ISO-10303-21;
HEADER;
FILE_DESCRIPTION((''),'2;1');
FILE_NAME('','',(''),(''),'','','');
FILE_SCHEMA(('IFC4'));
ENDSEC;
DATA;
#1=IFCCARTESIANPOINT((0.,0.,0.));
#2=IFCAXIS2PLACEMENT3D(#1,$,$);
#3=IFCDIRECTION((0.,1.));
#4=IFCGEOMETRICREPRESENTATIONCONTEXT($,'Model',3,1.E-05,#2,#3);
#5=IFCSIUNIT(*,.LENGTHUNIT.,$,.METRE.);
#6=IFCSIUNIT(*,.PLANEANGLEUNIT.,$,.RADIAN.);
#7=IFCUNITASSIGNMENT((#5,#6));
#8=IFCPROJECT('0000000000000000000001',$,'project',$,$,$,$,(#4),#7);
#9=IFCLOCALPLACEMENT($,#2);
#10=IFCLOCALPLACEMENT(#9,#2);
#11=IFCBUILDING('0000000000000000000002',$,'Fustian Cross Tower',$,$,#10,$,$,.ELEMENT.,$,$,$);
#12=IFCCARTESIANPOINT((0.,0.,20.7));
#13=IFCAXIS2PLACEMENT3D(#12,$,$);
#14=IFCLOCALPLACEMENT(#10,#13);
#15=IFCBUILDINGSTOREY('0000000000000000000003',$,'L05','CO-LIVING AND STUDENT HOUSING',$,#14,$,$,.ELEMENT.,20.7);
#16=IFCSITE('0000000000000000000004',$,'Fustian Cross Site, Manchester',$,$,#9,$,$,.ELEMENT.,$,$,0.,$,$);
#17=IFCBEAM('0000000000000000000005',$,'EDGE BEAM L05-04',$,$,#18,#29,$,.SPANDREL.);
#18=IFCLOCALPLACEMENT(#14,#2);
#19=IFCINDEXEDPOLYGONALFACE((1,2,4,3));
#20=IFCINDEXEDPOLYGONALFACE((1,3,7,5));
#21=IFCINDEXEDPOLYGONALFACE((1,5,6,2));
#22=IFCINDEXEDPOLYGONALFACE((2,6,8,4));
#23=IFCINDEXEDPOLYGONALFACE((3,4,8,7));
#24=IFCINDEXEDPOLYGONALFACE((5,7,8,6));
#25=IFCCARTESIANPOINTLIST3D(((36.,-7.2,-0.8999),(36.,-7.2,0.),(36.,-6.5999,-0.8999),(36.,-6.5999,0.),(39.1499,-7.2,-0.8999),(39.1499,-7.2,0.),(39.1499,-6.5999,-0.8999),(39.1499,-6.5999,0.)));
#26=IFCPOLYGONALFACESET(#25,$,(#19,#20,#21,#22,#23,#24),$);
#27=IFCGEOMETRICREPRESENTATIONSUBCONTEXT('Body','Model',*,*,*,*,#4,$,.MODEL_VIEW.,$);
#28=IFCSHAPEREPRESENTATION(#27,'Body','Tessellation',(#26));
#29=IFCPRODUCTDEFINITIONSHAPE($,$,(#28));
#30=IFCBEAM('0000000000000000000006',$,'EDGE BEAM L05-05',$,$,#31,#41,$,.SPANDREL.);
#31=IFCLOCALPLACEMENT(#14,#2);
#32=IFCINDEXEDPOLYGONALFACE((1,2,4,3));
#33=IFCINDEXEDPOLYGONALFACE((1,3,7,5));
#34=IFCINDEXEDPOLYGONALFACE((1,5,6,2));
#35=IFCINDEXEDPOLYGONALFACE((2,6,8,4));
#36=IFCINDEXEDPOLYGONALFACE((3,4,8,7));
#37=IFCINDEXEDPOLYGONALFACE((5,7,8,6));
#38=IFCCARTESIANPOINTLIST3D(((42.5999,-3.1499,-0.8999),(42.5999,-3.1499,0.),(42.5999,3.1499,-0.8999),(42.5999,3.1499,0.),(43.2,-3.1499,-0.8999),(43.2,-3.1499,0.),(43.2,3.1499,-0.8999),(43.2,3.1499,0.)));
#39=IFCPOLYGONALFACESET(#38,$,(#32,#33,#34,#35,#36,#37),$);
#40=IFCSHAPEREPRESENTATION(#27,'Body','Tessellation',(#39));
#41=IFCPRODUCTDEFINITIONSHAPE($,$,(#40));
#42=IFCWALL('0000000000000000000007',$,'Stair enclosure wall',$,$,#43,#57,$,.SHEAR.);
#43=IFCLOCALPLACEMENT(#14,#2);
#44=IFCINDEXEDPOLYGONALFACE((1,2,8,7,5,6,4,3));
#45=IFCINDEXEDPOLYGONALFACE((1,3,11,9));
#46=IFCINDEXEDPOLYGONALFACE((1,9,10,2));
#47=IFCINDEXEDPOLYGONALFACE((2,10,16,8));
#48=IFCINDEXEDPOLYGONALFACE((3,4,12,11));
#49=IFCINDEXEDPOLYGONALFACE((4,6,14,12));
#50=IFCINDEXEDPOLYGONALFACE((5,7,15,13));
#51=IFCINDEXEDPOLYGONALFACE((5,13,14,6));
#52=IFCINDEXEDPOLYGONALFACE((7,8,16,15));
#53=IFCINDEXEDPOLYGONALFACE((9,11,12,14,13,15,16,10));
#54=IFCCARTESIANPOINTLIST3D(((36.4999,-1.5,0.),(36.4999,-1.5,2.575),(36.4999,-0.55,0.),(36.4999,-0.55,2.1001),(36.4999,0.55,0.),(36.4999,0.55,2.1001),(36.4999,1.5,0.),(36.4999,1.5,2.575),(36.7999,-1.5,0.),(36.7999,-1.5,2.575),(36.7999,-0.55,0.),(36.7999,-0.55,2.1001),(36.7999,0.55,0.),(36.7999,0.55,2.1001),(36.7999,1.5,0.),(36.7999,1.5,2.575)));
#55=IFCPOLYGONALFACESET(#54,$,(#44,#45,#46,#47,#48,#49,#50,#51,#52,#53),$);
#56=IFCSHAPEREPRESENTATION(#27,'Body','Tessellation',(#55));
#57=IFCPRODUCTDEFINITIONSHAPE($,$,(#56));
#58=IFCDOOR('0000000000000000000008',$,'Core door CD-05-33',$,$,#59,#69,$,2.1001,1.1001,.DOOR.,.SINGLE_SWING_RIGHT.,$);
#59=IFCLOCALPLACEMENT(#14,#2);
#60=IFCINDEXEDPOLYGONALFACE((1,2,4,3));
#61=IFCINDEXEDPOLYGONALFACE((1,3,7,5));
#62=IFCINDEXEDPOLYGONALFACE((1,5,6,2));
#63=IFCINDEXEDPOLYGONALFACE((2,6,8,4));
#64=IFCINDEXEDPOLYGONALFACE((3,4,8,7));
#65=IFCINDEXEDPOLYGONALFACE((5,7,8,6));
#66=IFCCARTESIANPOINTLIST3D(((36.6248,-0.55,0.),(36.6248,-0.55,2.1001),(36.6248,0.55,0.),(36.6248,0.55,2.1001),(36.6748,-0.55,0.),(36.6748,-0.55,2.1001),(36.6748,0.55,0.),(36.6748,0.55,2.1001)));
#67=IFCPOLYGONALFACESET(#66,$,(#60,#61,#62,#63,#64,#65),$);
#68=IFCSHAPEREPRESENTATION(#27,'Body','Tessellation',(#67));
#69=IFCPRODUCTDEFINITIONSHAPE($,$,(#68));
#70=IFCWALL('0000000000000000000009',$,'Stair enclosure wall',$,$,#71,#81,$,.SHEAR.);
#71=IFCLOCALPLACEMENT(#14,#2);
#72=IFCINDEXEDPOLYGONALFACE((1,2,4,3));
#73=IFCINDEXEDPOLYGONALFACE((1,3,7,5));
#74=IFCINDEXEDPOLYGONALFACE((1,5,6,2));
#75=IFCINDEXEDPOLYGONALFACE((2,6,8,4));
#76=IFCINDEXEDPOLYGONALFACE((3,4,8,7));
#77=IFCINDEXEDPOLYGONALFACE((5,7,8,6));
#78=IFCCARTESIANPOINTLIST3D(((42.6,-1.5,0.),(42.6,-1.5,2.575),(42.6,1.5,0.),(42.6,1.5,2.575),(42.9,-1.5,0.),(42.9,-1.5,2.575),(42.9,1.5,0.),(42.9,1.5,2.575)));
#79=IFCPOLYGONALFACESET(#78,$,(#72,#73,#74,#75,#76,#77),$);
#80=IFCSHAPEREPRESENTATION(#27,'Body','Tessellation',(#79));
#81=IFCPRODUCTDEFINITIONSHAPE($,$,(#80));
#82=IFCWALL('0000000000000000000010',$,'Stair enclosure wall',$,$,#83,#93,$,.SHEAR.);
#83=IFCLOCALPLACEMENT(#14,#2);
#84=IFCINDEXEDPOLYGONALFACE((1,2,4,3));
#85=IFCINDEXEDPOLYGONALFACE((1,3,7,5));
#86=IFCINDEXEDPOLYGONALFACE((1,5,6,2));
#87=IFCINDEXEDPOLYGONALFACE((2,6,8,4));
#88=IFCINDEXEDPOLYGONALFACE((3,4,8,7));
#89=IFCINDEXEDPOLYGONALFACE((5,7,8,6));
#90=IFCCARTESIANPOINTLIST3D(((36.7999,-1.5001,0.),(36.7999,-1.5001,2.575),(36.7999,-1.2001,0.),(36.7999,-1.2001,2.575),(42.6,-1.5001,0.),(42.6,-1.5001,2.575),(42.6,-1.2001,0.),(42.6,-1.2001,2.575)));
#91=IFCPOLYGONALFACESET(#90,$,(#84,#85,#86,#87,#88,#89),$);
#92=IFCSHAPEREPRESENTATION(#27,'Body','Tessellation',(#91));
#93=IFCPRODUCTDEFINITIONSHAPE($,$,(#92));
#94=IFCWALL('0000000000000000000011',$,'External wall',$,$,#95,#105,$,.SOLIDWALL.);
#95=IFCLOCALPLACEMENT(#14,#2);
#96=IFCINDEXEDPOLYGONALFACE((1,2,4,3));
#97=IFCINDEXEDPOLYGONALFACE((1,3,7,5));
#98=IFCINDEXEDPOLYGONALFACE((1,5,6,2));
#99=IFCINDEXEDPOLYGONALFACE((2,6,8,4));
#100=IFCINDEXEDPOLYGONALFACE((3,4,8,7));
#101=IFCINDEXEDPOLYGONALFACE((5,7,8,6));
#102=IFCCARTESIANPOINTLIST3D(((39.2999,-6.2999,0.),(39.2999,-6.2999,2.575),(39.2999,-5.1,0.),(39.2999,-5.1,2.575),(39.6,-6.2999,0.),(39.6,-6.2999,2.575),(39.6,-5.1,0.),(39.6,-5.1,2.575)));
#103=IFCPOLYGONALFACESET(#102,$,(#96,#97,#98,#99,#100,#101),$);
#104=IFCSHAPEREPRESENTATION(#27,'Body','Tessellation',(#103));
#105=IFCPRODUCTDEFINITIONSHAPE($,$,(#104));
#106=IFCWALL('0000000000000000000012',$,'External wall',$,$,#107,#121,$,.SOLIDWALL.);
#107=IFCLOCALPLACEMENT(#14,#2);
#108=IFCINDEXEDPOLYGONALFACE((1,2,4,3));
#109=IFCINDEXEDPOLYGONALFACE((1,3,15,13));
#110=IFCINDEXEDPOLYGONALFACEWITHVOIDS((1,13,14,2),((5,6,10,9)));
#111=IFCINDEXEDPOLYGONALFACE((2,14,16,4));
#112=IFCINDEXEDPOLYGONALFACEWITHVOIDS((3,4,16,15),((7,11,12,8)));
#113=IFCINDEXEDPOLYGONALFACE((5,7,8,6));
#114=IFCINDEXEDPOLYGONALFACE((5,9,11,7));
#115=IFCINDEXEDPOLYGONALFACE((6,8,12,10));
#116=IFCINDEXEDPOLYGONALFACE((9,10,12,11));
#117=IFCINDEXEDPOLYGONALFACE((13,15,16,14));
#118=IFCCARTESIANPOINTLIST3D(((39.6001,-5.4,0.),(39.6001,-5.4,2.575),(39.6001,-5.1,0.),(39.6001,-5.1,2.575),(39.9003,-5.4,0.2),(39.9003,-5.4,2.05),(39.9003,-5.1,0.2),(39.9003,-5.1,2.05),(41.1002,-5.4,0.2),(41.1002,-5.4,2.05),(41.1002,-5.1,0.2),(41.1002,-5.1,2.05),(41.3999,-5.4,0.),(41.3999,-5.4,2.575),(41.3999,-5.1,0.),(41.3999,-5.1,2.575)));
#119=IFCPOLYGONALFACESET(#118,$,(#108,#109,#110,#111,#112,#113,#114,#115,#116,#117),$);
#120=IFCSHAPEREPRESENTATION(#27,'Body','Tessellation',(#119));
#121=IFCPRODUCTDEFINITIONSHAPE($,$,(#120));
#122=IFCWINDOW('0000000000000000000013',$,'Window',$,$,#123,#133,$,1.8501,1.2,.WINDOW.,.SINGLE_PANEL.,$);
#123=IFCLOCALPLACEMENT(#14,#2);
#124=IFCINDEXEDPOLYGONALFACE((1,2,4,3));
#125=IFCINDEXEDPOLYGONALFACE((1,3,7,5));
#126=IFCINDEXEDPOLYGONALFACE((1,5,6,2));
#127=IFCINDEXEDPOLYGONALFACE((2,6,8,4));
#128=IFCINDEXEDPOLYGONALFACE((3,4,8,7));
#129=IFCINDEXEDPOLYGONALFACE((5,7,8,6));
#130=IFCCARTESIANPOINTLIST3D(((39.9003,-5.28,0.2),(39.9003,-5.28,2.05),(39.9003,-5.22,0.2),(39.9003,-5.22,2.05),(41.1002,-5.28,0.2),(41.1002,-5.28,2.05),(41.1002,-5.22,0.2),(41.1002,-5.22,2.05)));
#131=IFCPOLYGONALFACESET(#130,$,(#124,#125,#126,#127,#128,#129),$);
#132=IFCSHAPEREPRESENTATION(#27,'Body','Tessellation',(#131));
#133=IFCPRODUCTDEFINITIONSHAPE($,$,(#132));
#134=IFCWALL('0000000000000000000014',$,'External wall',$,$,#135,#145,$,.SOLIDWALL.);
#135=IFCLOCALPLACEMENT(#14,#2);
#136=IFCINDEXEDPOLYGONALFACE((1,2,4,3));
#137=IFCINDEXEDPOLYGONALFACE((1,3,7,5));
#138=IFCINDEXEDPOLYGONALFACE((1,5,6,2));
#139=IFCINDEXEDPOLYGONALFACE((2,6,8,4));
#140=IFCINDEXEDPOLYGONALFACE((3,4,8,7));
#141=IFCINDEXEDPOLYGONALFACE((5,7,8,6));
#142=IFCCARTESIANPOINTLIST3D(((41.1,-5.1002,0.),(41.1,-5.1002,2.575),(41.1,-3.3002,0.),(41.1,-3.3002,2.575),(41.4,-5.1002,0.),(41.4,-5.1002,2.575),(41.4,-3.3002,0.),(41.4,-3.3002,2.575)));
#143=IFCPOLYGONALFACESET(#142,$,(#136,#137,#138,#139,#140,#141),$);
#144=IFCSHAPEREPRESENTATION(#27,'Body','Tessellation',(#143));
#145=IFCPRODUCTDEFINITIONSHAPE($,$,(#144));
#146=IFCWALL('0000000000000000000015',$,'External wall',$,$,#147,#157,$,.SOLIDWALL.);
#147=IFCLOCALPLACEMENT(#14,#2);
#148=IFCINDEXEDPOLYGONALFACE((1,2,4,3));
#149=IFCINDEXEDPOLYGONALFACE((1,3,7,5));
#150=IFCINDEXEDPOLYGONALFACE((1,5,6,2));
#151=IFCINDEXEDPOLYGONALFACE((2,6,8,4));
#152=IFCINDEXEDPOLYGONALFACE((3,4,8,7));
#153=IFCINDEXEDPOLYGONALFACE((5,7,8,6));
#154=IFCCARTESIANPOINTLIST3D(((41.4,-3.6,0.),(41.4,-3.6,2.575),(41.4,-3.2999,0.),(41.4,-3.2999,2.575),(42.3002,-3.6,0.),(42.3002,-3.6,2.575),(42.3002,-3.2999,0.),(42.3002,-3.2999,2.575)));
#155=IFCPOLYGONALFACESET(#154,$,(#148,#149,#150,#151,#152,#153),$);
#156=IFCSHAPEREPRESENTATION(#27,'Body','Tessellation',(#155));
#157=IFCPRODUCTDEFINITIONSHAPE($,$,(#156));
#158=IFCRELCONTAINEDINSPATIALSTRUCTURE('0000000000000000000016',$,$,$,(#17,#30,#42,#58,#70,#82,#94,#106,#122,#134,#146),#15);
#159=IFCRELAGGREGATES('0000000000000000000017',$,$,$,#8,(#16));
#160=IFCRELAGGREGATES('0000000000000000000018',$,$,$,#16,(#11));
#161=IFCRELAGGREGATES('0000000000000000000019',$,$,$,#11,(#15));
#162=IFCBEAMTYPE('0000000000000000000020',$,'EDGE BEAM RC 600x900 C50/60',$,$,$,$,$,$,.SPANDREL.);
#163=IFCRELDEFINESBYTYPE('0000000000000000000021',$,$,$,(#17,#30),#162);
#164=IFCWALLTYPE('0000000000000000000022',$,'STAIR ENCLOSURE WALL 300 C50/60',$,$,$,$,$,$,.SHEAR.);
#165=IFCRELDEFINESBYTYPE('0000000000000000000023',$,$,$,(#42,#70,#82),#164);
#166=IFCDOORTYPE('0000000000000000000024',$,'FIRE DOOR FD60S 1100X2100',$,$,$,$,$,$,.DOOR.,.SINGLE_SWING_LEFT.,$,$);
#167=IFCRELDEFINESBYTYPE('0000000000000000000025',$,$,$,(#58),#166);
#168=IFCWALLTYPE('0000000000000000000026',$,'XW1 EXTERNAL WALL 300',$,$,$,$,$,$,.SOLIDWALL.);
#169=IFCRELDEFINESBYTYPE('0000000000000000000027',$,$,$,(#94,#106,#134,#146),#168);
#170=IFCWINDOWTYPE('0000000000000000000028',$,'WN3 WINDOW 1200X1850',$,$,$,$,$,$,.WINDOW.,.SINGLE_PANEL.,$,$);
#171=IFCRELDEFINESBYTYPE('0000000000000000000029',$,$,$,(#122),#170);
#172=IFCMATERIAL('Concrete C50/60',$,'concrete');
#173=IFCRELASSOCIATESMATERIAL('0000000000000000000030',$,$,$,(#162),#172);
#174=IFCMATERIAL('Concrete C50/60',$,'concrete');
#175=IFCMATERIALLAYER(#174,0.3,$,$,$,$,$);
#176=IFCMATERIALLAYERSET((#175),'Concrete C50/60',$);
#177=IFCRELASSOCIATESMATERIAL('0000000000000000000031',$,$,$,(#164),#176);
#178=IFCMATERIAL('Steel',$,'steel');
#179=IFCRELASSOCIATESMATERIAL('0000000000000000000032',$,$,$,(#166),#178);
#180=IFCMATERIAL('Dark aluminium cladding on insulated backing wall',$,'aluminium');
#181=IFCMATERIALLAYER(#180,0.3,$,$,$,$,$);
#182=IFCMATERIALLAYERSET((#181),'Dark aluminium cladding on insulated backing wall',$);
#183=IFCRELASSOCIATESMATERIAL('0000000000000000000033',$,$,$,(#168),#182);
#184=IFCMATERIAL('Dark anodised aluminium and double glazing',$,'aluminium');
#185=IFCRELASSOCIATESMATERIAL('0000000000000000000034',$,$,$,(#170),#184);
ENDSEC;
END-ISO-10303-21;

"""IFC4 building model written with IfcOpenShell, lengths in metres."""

from ifc_helpers import new_model, si_unit, direction, frame, frame_2d, origin, origin_2d, place, context, subcontext, project, spatial, rectangle, extrude, material, layer, layer_set, material_profile, profile_set, type_object, element, fill, save


model = new_model("IFC4")

# Units and contexts
model_context = context("Model", 3, precision=1e-05, world=origin(), true_north=direction((0.0, 1.0)))
body_context = subcontext(model_context, "Body", "Model", "MODEL_VIEW")
ifc_project = project(units=[si_unit("LENGTHUNIT", "METRE"), si_unit("PLANEANGLEUNIT", "RADIAN")], contexts=[model_context])

# Site, building, storey
site_placement = place(None, origin())
site = spatial("IfcSite", under=ifc_project, at=site_placement, Name="Fustian Cross Site, Manchester", CompositionType="ELEMENT", RefElevation=0.0)
building_placement = place(site_placement, origin())
building = spatial("IfcBuilding", under=site, at=building_placement, Name="Fustian Cross Tower", CompositionType="ELEMENT")
storey_placement = place(building_placement, frame((0.0, 0.0, 20.7)))
storey = spatial("IfcBuildingStorey", under=building, at=storey_placement, Name="L05", Description="CO-LIVING AND STUDENT HOUSING", CompositionType="ELEMENT", Elevation=20.7)

# Beams
ifc_material_1 = material(Name="Concrete C50/60", Category="concrete")
ifc_material_profile_1 = material_profile(ifc_material_1, rectangle(XDim=0.6001, YDim=0.8999, at=origin_2d()), Name="RC 600x900")
ifc_profile_set_1 = profile_set([ifc_material_profile_1], Name="Concrete C50/60")
beam_type = type_object("IfcBeamType", Name="EDGE BEAM RC 600x900 C50/60", PredefinedType="SPANDREL", material=ifc_profile_set_1)
beam_1_placement = place(storey_placement, frame((36.0, -6.8999, -0.45), z_axis=(1.0, 0.0, 0.0), x_axis=(0.0, 1.0, 0.0)))
element("IfcBeam", 1, at=beam_1_placement, inside=storey, type_object=beam_type, Name="EDGE BEAM L05-04", PredefinedType="SPANDREL", context=body_context, shape_type="SweptSolid", body=[
    extrude(rectangle(XDim=0.6001, YDim=0.8999, at=origin_2d()), origin(), (0.0, 0.0, 1.0), 3.1499),
])
beam_2_placement = place(storey_placement, frame((42.8999, -3.1499, -0.45), z_axis=(0.0, 1.0, 0.0), x_axis=(-1.0, 0.0, 0.0)))
element("IfcBeam", 2, at=beam_2_placement, inside=storey, type_object=beam_type, Name="EDGE BEAM L05-05", PredefinedType="SPANDREL", context=body_context, shape_type="SweptSolid", body=[
    extrude(rectangle(XDim=0.6001, YDim=0.8999, at=origin_2d()), origin(), (0.0, 0.0, 1.0), 6.2998),
])

# Wall, opening, door
ifc_material_2 = material(Name="Concrete C50/60", Category="concrete")
ifc_layer_1 = layer(ifc_material_2, 0.3)
ifc_layer_set_1 = layer_set([ifc_layer_1], Name="Concrete C50/60")
wall_type_1 = type_object("IfcWallType", Name="STAIR ENCLOSURE WALL 300 C50/60", PredefinedType="SHEAR", material=ifc_layer_set_1)
wall_1_placement = place(storey_placement, frame((36.6499, -1.5, 0.0), z_axis=(0.0, 0.0, 1.0), x_axis=(0.0, 1.0, 0.0)))
wall_1 = element("IfcWall", 3, at=wall_1_placement, inside=storey, type_object=wall_type_1, Name="Stair enclosure wall", PredefinedType="SHEAR", context=body_context, shape_type="SweptSolid", body=[
    extrude(rectangle(XDim=3.0, YDim=0.3, at=frame_2d((1.5, 0.0))), origin(), (0.0, 0.0, 1.0), 2.575),
])
opening_1_placement = place(wall_1_placement, frame((0.95, 0.0, 0.0)))
opening_1 = element("IfcOpeningElement", 4, at=opening_1_placement, cuts=wall_1, PredefinedType="OPENING", context=body_context, shape_type="SweptSolid", body=[
    extrude(rectangle(XDim=1.1001, YDim=2.1001, at=frame_2d((0.55, 1.05))), frame((0.0, 0.1599, 0.0), z_axis=(0.0, -1.0, 0.0), x_axis=(1.0, 0.0, 0.0)), (0.0, 0.0, 1.0), 0.3201),
])
ifc_material_3 = material(Name="Steel", Category="steel")
door_type = type_object("IfcDoorType", Name="FIRE DOOR FD60S 1100X2100", OperationType="SINGLE_SWING_LEFT", PredefinedType="DOOR", material=ifc_material_3)
door_placement = place(opening_1_placement, frame((1.1001, 0.0, 0.0), z_axis=(0.0, 0.0, 1.0), x_axis=(-1.0, 0.0, 0.0)))
door = element("IfcDoor", 5, at=door_placement, inside=storey, type_object=door_type, Name="Core door CD-05-33", OperationType="SINGLE_SWING_RIGHT", OverallHeight=2.1001, OverallWidth=1.1001, PredefinedType="DOOR", context=body_context, shape_type="SweptSolid", body=[
    extrude(rectangle(XDim=1.1001, YDim=2.1001, at=frame_2d((0.55, 1.05))), frame((0.0, 0.0249, 0.0), z_axis=(0.0, -1.0, 0.0), x_axis=(1.0, 0.0, 0.0)), (0.0, 0.0, 1.0), 0.05),
])
fill(opening_1, door)

# Walls
wall_2_placement = place(storey_placement, frame((42.75, -1.5, 0.0), z_axis=(0.0, 0.0, 1.0), x_axis=(0.0, 1.0, 0.0)))
element("IfcWall", 6, at=wall_2_placement, inside=storey, type_object=wall_type_1, Name="Stair enclosure wall", PredefinedType="SHEAR", context=body_context, shape_type="SweptSolid", body=[
    extrude(rectangle(XDim=3.0, YDim=0.3, at=frame_2d((1.5, 0.0))), origin(), (0.0, 0.0, 1.0), 2.575),
])
wall_3_placement = place(storey_placement, frame((36.8, -1.3501, 0.0), z_axis=(0.0, 0.0, 1.0), x_axis=(1.0, 0.0, 0.0)))
element("IfcWall", 7, at=wall_3_placement, inside=storey, type_object=wall_type_1, Name="Stair enclosure wall", PredefinedType="SHEAR", context=body_context, shape_type="SweptSolid", body=[
    extrude(rectangle(XDim=5.8, YDim=0.3, at=frame_2d((2.8999, 0.0))), origin(), (0.0, 0.0, 1.0), 2.575),
])
ifc_material_4 = material(Name="Dark aluminium cladding on insulated backing wall", Category="aluminium")
ifc_layer_2 = layer(ifc_material_4, 0.3)
ifc_layer_set_2 = layer_set([ifc_layer_2], Name="Dark aluminium cladding on insulated backing wall")
wall_type_2 = type_object("IfcWallType", Name="XW1 EXTERNAL WALL 300", PredefinedType="SOLIDWALL", material=ifc_layer_set_2)
wall_4_placement = place(storey_placement, frame((39.45, -6.3, 0.0), z_axis=(0.0, 0.0, 1.0), x_axis=(0.0, 1.0, 0.0)))
element("IfcWall", 8, at=wall_4_placement, inside=storey, type_object=wall_type_2, Name="External wall", PredefinedType="SOLIDWALL", context=body_context, shape_type="SweptSolid", body=[
    extrude(rectangle(XDim=1.2, YDim=0.3, at=frame_2d((0.6001, 0.0))), origin(), (0.0, 0.0, 1.0), 2.575),
])

# Wall, opening, window
wall_5_placement = place(storey_placement, frame((39.6001, -5.25, 0.0), z_axis=(0.0, 0.0, 1.0), x_axis=(1.0, 0.0, 0.0)))
wall_5 = element("IfcWall", 9, at=wall_5_placement, inside=storey, type_object=wall_type_2, Name="External wall", PredefinedType="SOLIDWALL", context=body_context, shape_type="SweptSolid", body=[
    extrude(rectangle(XDim=1.7998, YDim=0.3, at=frame_2d((0.8999, 0.0))), origin(), (0.0, 0.0, 1.0), 2.575),
])
opening_2_placement = place(wall_5_placement, frame((0.3, 0.0, 0.2)))
opening_2 = element("IfcOpeningElement", 10, at=opening_2_placement, cuts=wall_5, PredefinedType="OPENING", context=body_context, shape_type="SweptSolid", body=[
    extrude(rectangle(XDim=1.2, YDim=1.8501, at=frame_2d((0.6001, 0.925))), frame((0.0, 0.1599, 0.0), z_axis=(0.0, -1.0, 0.0), x_axis=(1.0, 0.0, 0.0)), (0.0, 0.0, 1.0), 0.3201),
])
ifc_material_5 = material(Name="Dark anodised aluminium and double glazing", Category="aluminium")
window_type_1 = type_object("IfcWindowType", Name="WN3 WINDOW 1200X1850", PartitioningType="SINGLE_PANEL", PredefinedType="WINDOW", material=ifc_material_5)
window_1_placement = place(opening_2_placement, origin())
window_1 = element("IfcWindow", 11, at=window_1_placement, inside=storey, type_object=window_type_1, Name="Window", OverallHeight=1.8501, OverallWidth=1.2, PartitioningType="SINGLE_PANEL", PredefinedType="WINDOW", context=body_context, shape_type="SweptSolid", body=[
    extrude(rectangle(XDim=1.2, YDim=1.8501, at=frame_2d((0.6001, 0.925))), frame((0.0, 0.03, 0.0), z_axis=(0.0, -1.0, 0.0), x_axis=(1.0, 0.0, 0.0)), (0.0, 0.0, 1.0), 0.0601),
])
fill(opening_2, window_1)

# Walls
wall_6_placement = place(storey_placement, frame((41.25, -5.1001, 0.0), z_axis=(0.0, 0.0, 1.0), x_axis=(0.0, 1.0, 0.0)))
element("IfcWall", 12, at=wall_6_placement, inside=storey, type_object=wall_type_2, Name="External wall", PredefinedType="SOLIDWALL", context=body_context, shape_type="SweptSolid", body=[
    extrude(rectangle(XDim=1.8, YDim=0.3, at=frame_2d((0.8999, 0.0))), origin(), (0.0, 0.0, 1.0), 2.575),
])
wall_7_placement = place(storey_placement, frame((41.3999, -3.45, 0.0), z_axis=(0.0, 0.0, 1.0), x_axis=(1.0, 0.0, 0.0)))
element("IfcWall", 13, at=wall_7_placement, inside=storey, type_object=wall_type_2, Name="External wall", PredefinedType="SOLIDWALL", context=body_context, shape_type="SweptSolid", body=[
    extrude(rectangle(XDim=0.9001, YDim=0.3, at=frame_2d((0.4502, 0.0))), origin(), (0.0, 0.0, 1.0), 2.575),
])

save(model, "model.ifc")
